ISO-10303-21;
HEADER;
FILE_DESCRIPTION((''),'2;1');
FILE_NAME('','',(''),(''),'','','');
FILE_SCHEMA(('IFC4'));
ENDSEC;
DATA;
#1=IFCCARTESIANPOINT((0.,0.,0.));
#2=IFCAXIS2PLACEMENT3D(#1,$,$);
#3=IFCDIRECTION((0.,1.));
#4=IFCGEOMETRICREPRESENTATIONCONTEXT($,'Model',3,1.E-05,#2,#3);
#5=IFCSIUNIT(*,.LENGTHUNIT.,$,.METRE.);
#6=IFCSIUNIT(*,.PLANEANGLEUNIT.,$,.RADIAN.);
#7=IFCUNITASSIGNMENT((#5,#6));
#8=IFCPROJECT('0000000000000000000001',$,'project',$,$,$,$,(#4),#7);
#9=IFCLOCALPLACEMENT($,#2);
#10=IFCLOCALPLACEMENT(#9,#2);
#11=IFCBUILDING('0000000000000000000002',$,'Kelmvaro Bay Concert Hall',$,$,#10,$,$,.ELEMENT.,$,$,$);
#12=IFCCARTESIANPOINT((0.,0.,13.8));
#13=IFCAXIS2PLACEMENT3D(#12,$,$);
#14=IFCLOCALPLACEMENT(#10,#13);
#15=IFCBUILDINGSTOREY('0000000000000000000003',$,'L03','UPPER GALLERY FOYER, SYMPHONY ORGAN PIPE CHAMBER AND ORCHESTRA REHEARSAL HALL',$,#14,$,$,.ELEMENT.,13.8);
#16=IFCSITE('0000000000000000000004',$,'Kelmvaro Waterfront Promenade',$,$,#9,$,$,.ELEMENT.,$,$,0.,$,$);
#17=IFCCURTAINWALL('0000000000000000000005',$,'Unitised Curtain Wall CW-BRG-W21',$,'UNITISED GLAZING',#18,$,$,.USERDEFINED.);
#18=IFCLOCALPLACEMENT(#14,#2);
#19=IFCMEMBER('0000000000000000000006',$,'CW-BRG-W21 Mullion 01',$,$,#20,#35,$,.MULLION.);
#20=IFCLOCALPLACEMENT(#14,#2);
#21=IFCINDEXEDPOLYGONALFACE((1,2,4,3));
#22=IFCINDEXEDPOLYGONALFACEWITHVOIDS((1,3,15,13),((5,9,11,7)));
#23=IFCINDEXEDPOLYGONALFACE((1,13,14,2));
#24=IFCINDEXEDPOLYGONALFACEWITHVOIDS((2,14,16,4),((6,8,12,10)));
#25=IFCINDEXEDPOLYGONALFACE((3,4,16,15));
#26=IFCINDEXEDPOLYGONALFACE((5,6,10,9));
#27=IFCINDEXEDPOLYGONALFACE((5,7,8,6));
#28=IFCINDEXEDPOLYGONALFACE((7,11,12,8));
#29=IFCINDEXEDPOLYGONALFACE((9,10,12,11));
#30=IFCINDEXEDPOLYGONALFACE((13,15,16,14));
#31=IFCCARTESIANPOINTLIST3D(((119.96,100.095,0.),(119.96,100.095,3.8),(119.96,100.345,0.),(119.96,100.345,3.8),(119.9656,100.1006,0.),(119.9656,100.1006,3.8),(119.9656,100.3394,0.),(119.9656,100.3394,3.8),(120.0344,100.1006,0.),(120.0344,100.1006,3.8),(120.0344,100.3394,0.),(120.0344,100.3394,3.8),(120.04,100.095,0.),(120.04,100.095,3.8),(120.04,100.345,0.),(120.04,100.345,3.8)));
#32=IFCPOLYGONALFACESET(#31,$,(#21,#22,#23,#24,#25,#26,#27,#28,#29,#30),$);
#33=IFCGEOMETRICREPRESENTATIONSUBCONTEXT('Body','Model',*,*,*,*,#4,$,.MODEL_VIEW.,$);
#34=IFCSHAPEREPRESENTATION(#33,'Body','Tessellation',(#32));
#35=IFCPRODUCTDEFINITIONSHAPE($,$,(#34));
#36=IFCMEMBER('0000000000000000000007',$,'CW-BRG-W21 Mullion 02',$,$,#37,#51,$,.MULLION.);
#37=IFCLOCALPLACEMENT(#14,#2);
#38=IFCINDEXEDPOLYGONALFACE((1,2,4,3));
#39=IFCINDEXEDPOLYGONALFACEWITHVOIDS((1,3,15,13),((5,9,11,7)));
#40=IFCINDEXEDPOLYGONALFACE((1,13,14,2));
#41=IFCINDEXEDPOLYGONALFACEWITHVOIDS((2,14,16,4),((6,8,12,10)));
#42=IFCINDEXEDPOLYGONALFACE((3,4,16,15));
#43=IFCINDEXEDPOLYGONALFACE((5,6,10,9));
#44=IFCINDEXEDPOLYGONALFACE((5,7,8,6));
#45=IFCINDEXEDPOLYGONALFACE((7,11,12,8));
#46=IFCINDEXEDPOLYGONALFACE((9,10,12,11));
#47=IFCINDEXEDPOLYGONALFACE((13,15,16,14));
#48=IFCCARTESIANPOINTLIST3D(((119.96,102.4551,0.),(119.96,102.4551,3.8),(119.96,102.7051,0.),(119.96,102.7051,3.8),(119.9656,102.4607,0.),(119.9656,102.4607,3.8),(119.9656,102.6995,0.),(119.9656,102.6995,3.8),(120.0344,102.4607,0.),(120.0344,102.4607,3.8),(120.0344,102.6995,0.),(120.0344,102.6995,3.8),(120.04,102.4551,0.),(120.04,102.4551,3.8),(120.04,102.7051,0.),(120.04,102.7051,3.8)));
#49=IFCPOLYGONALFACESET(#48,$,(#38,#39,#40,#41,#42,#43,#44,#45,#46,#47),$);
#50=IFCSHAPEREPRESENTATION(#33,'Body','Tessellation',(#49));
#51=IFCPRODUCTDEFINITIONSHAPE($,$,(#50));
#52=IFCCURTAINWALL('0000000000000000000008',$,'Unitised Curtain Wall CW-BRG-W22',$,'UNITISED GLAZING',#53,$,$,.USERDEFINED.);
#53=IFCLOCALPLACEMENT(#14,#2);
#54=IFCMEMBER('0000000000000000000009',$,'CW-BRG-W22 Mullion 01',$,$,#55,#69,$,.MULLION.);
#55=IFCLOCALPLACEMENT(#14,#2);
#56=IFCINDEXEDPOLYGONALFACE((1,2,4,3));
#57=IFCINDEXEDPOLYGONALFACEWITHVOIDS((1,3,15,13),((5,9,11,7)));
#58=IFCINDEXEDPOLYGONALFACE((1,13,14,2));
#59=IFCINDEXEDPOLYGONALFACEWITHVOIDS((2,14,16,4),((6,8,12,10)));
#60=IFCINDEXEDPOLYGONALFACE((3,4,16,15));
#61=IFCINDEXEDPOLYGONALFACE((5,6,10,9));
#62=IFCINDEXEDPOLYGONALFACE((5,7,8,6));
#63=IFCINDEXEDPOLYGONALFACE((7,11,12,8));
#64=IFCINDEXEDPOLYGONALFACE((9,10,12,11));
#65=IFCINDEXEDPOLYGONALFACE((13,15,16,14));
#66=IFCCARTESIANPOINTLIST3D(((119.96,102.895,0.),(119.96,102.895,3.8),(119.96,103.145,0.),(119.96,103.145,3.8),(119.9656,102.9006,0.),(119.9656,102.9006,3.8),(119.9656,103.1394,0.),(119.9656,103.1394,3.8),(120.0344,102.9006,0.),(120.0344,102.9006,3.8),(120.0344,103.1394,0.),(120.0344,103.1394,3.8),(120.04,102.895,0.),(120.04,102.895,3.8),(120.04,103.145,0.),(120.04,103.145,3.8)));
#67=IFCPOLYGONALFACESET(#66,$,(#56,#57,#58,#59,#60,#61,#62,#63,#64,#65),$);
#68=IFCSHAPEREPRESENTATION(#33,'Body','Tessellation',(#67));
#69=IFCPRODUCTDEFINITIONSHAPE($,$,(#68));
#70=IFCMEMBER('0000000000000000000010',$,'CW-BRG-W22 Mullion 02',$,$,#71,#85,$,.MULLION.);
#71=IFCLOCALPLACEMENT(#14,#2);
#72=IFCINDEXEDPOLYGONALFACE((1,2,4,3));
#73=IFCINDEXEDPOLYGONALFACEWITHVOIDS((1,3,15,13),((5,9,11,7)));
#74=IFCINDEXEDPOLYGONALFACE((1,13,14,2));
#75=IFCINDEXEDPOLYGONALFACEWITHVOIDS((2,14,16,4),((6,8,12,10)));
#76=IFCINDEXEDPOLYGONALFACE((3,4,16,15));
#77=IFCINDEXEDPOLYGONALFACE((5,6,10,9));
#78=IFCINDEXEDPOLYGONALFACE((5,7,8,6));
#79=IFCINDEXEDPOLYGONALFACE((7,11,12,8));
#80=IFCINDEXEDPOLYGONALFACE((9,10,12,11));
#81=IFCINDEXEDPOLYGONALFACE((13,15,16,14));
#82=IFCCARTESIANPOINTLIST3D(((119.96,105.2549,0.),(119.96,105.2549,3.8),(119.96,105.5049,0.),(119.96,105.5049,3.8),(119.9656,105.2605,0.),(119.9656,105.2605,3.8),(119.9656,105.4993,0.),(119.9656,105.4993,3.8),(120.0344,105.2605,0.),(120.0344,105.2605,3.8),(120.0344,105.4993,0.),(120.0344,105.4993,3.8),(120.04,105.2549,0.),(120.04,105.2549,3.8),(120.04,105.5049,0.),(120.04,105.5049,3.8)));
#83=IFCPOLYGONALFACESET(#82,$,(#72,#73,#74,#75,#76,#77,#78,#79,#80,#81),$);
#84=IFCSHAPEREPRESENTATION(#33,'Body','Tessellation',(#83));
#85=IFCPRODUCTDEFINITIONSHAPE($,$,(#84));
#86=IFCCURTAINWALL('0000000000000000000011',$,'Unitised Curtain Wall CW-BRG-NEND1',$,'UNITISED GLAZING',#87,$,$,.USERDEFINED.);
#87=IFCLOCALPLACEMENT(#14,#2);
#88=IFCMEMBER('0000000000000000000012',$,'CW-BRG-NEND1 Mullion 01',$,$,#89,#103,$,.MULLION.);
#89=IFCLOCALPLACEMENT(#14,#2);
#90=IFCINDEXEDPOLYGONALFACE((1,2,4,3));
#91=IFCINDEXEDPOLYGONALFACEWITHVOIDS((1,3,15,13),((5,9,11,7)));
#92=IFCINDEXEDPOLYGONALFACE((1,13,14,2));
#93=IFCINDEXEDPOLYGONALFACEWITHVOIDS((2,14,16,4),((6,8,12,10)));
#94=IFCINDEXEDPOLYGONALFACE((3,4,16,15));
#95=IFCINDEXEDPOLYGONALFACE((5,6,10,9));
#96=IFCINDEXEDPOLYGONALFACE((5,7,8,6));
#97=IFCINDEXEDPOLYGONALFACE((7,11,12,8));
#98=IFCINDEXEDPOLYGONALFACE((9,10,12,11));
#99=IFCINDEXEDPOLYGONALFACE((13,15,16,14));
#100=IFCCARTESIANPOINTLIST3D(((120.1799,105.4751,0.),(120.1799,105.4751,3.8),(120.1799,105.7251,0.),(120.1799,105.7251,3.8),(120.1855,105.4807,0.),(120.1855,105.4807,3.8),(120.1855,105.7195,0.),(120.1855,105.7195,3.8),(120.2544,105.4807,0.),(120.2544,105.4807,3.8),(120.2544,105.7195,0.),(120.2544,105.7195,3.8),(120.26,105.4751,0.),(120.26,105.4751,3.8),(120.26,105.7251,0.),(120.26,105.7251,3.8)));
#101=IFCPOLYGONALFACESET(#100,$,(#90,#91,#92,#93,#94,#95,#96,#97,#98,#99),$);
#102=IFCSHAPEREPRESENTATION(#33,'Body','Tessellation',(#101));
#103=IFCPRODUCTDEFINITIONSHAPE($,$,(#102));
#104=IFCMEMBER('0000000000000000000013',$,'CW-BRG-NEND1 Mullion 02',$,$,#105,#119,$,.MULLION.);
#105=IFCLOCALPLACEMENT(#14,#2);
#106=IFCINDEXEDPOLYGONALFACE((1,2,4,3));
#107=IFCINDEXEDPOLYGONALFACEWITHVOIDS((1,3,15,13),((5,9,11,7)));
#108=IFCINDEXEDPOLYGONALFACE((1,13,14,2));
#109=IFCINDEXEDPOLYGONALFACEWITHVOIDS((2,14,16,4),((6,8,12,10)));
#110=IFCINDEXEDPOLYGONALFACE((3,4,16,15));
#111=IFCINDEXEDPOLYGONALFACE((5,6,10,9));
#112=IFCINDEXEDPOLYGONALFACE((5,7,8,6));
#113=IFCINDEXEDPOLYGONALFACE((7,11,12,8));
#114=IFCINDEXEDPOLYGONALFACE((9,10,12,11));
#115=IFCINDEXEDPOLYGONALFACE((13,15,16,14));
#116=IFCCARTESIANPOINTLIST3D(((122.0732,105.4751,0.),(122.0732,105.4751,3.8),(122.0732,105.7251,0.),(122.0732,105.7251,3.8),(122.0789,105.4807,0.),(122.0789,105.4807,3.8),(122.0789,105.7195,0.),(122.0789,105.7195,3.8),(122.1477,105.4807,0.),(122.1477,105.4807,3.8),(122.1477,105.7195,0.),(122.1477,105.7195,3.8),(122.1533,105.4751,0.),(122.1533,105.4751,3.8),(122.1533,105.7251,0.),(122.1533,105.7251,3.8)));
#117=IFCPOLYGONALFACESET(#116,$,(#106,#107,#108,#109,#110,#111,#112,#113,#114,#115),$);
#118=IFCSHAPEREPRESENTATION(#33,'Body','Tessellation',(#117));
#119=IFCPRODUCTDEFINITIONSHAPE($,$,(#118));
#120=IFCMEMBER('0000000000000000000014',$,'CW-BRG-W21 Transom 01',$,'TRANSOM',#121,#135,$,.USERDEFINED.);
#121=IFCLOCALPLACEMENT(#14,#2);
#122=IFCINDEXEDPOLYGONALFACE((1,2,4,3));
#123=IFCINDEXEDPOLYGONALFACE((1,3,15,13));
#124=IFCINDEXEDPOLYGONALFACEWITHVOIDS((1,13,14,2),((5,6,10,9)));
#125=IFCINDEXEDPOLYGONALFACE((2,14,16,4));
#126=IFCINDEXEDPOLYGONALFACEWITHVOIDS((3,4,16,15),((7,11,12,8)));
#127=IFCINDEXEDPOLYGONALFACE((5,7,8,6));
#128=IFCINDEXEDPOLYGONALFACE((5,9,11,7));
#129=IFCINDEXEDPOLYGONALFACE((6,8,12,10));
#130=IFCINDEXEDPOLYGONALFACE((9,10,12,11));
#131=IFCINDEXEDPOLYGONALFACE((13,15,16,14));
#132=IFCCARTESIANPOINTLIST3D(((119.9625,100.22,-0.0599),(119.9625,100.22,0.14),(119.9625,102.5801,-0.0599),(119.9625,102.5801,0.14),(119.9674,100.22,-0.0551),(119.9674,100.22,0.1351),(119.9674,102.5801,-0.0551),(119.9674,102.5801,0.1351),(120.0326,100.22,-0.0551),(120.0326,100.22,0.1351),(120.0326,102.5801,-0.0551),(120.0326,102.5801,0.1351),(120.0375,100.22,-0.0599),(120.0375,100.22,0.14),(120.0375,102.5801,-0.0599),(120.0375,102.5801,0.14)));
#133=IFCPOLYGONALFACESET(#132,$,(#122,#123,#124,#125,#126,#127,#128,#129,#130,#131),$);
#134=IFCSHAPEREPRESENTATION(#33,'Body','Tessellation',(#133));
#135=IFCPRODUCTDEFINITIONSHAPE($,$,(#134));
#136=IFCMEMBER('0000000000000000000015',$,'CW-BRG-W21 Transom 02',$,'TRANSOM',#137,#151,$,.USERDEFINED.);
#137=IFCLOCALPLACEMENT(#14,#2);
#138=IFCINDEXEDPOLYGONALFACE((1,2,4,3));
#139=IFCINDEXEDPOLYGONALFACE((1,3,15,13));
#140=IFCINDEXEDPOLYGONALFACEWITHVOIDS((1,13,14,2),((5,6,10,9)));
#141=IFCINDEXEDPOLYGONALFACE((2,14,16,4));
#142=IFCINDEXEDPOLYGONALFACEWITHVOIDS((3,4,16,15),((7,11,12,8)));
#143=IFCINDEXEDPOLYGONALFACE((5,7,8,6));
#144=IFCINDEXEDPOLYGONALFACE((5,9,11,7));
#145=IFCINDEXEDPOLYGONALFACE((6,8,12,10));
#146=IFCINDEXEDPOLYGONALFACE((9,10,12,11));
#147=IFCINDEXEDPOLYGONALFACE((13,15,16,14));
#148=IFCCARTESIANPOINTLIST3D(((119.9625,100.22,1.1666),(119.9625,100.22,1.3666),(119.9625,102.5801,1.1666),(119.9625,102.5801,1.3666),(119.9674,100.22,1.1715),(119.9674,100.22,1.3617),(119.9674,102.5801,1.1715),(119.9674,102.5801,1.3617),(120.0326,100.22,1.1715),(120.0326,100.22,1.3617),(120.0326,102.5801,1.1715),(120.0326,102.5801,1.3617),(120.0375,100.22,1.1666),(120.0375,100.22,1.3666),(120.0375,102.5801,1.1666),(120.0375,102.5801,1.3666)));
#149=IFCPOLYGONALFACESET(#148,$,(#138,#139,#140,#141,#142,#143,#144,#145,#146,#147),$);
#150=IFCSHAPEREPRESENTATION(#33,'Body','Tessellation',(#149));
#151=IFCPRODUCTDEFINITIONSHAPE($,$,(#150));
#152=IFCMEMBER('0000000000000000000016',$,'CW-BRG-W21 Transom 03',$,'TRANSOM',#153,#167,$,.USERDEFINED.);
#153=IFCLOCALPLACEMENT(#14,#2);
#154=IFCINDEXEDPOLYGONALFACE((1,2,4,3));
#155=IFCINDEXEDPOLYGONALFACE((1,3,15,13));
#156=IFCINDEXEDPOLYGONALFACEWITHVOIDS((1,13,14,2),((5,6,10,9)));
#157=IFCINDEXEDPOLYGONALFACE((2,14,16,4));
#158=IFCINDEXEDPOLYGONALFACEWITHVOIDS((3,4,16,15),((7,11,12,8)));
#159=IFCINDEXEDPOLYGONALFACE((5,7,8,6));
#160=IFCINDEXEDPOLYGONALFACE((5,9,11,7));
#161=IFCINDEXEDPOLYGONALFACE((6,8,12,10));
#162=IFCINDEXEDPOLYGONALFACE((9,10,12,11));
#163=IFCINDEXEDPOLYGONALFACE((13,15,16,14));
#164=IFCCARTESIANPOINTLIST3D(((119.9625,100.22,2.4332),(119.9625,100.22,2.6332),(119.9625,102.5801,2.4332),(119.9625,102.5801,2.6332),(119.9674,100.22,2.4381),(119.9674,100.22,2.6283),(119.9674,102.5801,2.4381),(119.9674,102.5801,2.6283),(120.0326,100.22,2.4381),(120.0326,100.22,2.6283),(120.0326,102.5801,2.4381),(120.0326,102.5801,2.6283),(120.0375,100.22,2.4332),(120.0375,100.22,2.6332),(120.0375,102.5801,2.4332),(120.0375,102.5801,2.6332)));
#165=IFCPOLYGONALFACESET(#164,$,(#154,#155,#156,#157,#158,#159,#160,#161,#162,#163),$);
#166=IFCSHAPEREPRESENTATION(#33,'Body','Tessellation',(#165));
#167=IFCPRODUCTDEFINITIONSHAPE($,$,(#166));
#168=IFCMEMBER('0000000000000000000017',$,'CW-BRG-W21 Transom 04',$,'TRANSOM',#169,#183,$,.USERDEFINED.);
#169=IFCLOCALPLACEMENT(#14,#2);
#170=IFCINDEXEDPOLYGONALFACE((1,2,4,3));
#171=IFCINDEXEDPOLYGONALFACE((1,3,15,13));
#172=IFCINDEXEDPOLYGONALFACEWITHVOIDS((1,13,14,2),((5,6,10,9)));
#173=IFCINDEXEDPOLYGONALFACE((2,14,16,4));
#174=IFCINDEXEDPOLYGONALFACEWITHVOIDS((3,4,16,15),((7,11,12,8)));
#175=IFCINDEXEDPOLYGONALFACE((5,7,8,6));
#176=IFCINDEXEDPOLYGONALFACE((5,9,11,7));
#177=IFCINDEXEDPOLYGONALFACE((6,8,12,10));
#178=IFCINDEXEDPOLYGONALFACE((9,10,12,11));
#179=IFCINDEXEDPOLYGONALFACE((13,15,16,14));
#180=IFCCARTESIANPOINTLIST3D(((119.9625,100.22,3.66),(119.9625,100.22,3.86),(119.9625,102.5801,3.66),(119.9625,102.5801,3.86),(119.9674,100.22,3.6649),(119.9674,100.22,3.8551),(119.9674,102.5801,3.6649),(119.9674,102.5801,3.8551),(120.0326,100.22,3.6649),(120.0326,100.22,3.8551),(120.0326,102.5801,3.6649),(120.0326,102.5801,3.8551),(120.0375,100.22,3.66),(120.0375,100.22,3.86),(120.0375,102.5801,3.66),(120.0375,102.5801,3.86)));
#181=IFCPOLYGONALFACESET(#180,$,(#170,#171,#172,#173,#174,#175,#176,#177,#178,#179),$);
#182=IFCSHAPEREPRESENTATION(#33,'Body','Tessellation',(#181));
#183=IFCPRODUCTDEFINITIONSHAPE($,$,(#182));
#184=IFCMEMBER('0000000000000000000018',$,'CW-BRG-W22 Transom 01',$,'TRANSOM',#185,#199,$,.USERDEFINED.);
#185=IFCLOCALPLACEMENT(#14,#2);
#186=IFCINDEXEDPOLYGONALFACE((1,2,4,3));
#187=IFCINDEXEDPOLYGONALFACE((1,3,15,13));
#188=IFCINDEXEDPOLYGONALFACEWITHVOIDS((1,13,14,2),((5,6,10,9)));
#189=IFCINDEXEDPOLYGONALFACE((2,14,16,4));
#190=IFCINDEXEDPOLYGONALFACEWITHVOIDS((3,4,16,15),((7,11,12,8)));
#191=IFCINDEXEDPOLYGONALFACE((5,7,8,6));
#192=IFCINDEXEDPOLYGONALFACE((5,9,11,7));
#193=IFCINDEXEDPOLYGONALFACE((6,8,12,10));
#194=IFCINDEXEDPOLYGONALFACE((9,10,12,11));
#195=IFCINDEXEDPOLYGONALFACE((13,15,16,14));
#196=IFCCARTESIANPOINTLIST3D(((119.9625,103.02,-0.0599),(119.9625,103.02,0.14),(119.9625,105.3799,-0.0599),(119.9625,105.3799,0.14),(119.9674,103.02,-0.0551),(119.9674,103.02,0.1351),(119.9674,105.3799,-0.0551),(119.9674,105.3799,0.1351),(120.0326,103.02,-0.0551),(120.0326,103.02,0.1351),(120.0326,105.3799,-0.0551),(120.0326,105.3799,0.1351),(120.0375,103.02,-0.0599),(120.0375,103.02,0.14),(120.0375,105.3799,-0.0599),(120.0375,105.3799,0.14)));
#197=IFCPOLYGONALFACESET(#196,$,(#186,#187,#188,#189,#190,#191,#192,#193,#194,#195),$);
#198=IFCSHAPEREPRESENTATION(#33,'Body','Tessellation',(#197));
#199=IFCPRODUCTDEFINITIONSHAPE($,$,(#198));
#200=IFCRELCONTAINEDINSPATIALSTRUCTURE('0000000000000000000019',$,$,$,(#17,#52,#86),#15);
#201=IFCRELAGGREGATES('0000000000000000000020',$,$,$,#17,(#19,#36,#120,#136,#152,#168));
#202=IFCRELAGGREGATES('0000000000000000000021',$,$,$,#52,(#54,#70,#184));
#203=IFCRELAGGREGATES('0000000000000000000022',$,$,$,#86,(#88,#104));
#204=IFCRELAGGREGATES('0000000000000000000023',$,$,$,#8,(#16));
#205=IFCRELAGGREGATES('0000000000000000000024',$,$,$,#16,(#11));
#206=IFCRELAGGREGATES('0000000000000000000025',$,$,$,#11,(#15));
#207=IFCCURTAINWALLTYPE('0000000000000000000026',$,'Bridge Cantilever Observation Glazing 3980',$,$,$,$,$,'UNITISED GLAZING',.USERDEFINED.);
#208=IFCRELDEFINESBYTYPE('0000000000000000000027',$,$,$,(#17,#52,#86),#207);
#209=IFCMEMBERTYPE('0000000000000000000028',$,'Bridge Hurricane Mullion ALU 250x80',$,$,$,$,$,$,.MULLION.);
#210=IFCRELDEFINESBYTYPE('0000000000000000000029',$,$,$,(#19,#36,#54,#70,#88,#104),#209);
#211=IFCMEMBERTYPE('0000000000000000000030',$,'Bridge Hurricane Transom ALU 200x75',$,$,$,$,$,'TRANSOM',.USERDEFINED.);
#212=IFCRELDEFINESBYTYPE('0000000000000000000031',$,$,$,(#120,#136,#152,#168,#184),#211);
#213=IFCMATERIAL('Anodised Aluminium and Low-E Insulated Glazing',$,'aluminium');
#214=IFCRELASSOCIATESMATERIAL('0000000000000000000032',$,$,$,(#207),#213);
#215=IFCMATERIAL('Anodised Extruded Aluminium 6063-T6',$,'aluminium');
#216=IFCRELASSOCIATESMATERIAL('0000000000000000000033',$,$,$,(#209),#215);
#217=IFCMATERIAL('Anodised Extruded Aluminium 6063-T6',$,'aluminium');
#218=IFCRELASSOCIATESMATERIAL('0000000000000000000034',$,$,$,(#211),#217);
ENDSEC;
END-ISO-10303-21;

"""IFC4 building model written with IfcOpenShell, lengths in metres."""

from ifc_helpers import new_model, si_unit, direction, frame, origin, origin_2d, place, context, subcontext, project, spatial, hollow_rectangle, extrude, material, material_profile, profile_set, type_object, element, aggregate, save


model = new_model("IFC4")

# Units and contexts
model_context = context("Model", 3, precision=1e-05, world=origin(), true_north=direction((0.0, 1.0)))
body_context = subcontext(model_context, "Body", "Model", "MODEL_VIEW")
ifc_project = project(units=[si_unit("LENGTHUNIT", "METRE"), si_unit("PLANEANGLEUNIT", "RADIAN")], contexts=[model_context])

# Site, building, storey
site_placement = place(None, origin())
site = spatial("IfcSite", under=ifc_project, at=site_placement, Name="Kelmvaro Waterfront Promenade", CompositionType="ELEMENT", RefElevation=0.0)
building_placement = place(site_placement, origin())
building = spatial("IfcBuilding", under=site, at=building_placement, Name="Kelmvaro Bay Concert Hall", CompositionType="ELEMENT")
storey_placement = place(building_placement, frame((0.0, 0.0, 13.8)))
storey = spatial("IfcBuildingStorey", under=building, at=storey_placement, Name="L03", Description="UPPER GALLERY FOYER, SYMPHONY ORGAN PIPE CHAMBER AND ORCHESTRA REHEARSAL HALL", CompositionType="ELEMENT", Elevation=13.8)

# Curtain walls, members
ifc_material_1 = material(Name="Anodised Aluminium and Low-E Insulated Glazing", Category="aluminium")
curtain_wall_type = type_object("IfcCurtainWallType", Name="Bridge Cantilever Observation Glazing 3980", ElementType="UNITISED GLAZING", PredefinedType="USERDEFINED", material=ifc_material_1)
curtain_wall_1_placement = place(storey_placement, origin())
curtain_wall_1 = element("IfcCurtainWall", 1, at=curtain_wall_1_placement, inside=storey, type_object=curtain_wall_type, Name="Unitised Curtain Wall CW-BRG-W21", ObjectType="UNITISED GLAZING", PredefinedType="USERDEFINED")
ifc_material_2 = material(Name="Anodised Extruded Aluminium 6063-T6", Category="aluminium")
ifc_material_profile_1 = material_profile(ifc_material_2, hollow_rectangle(XDim=0.0801, YDim=0.25, WallThickness=0.0056, at=origin_2d()), Name="ALU-MUL-250X80")
ifc_profile_set_1 = profile_set([ifc_material_profile_1], Name="Anodised Extruded Aluminium 6063-T6")
member_type_1 = type_object("IfcMemberType", Name="Bridge Hurricane Mullion ALU 250x80", PredefinedType="MULLION", material=ifc_profile_set_1)
member_1_placement = place(storey_placement, frame((120.0, 100.22, 0.0), z_axis=(0.0, 0.0, 1.0), x_axis=(1.0, 0.0, 0.0)))
member_1 = element("IfcMember", 2, at=member_1_placement, type_object=member_type_1, Name="CW-BRG-W21 Mullion 01", PredefinedType="MULLION", context=body_context, shape_type="SweptSolid", body=[
    extrude(hollow_rectangle(XDim=0.0801, YDim=0.25, WallThickness=0.0056, at=origin_2d()), origin(), (0.0, 0.0, 1.0), 3.8),
])
member_2_placement = place(storey_placement, frame((120.0, 102.5801, 0.0), z_axis=(0.0, 0.0, 1.0), x_axis=(1.0, 0.0, 0.0)))
member_2 = element("IfcMember", 3, at=member_2_placement, type_object=member_type_1, Name="CW-BRG-W21 Mullion 02", PredefinedType="MULLION", context=body_context, shape_type="SweptSolid", body=[
    extrude(hollow_rectangle(XDim=0.0801, YDim=0.25, WallThickness=0.0056, at=origin_2d()), origin(), (0.0, 0.0, 1.0), 3.8),
])
curtain_wall_2_placement = place(storey_placement, origin())
curtain_wall_2 = element("IfcCurtainWall", 4, at=curtain_wall_2_placement, inside=storey, type_object=curtain_wall_type, Name="Unitised Curtain Wall CW-BRG-W22", ObjectType="UNITISED GLAZING", PredefinedType="USERDEFINED")
member_3_placement = place(storey_placement, frame((120.0, 103.02, 0.0), z_axis=(0.0, 0.0, 1.0), x_axis=(1.0, 0.0, 0.0)))
member_3 = element("IfcMember", 5, at=member_3_placement, type_object=member_type_1, Name="CW-BRG-W22 Mullion 01", PredefinedType="MULLION", context=body_context, shape_type="SweptSolid", body=[
    extrude(hollow_rectangle(XDim=0.0801, YDim=0.25, WallThickness=0.0056, at=origin_2d()), origin(), (0.0, 0.0, 1.0), 3.8),
])
member_4_placement = place(storey_placement, frame((120.0, 105.3799, 0.0), z_axis=(0.0, 0.0, 1.0), x_axis=(1.0, 0.0, 0.0)))
member_4 = element("IfcMember", 6, at=member_4_placement, type_object=member_type_1, Name="CW-BRG-W22 Mullion 02", PredefinedType="MULLION", context=body_context, shape_type="SweptSolid", body=[
    extrude(hollow_rectangle(XDim=0.0801, YDim=0.25, WallThickness=0.0056, at=origin_2d()), origin(), (0.0, 0.0, 1.0), 3.8),
])
curtain_wall_3_placement = place(storey_placement, origin())
curtain_wall_3 = element("IfcCurtainWall", 7, at=curtain_wall_3_placement, inside=storey, type_object=curtain_wall_type, Name="Unitised Curtain Wall CW-BRG-NEND1", ObjectType="UNITISED GLAZING", PredefinedType="USERDEFINED")
member_5_placement = place(storey_placement, frame((120.22, 105.6001, 0.0), z_axis=(0.0, 0.0, 1.0), x_axis=(1.0, 0.0, 0.0)))
member_5 = element("IfcMember", 8, at=member_5_placement, type_object=member_type_1, Name="CW-BRG-NEND1 Mullion 01", PredefinedType="MULLION", context=body_context, shape_type="SweptSolid", body=[
    extrude(hollow_rectangle(XDim=0.0801, YDim=0.25, WallThickness=0.0056, at=origin_2d()), origin(), (0.0, 0.0, 1.0), 3.8),
])
member_6_placement = place(storey_placement, frame((122.1133, 105.6001, 0.0), z_axis=(0.0, 0.0, 1.0), x_axis=(1.0, 0.0, 0.0)))
member_6 = element("IfcMember", 9, at=member_6_placement, type_object=member_type_1, Name="CW-BRG-NEND1 Mullion 02", PredefinedType="MULLION", context=body_context, shape_type="SweptSolid", body=[
    extrude(hollow_rectangle(XDim=0.0801, YDim=0.25, WallThickness=0.0056, at=origin_2d()), origin(), (0.0, 0.0, 1.0), 3.8),
])

# Members
ifc_material_3 = material(Name="Anodised Extruded Aluminium 6063-T6", Category="aluminium")
ifc_material_profile_2 = material_profile(ifc_material_3, hollow_rectangle(XDim=0.075, YDim=0.2, WallThickness=0.0049, at=origin_2d()), Name="ALU-TRN-200X75")
ifc_profile_set_2 = profile_set([ifc_material_profile_2], Name="Anodised Extruded Aluminium 6063-T6")
member_type_2 = type_object("IfcMemberType", Name="Bridge Hurricane Transom ALU 200x75", ElementType="TRANSOM", PredefinedType="USERDEFINED", material=ifc_profile_set_2)
member_7_placement = place(storey_placement, frame((120.0, 100.22, 0.04), z_axis=(0.0, 1.0, 0.0), x_axis=(-1.0, 0.0, 0.0)))
member_7 = element("IfcMember", 10, at=member_7_placement, type_object=member_type_2, Name="CW-BRG-W21 Transom 01", ObjectType="TRANSOM", PredefinedType="USERDEFINED", context=body_context, shape_type="SweptSolid", body=[
    extrude(hollow_rectangle(XDim=0.075, YDim=0.2, WallThickness=0.0049, at=origin_2d()), origin(), (0.0, 0.0, 1.0), 2.3601),
])
member_8_placement = place(storey_placement, frame((120.0, 100.22, 1.2666), z_axis=(0.0, 1.0, 0.0), x_axis=(-1.0, 0.0, 0.0)))
member_8 = element("IfcMember", 11, at=member_8_placement, type_object=member_type_2, Name="CW-BRG-W21 Transom 02", ObjectType="TRANSOM", PredefinedType="USERDEFINED", context=body_context, shape_type="SweptSolid", body=[
    extrude(hollow_rectangle(XDim=0.075, YDim=0.2, WallThickness=0.0049, at=origin_2d()), origin(), (0.0, 0.0, 1.0), 2.3601),
])
member_9_placement = place(storey_placement, frame((120.0, 100.22, 2.5332), z_axis=(0.0, 1.0, 0.0), x_axis=(-1.0, 0.0, 0.0)))
member_9 = element("IfcMember", 12, at=member_9_placement, type_object=member_type_2, Name="CW-BRG-W21 Transom 03", ObjectType="TRANSOM", PredefinedType="USERDEFINED", context=body_context, shape_type="SweptSolid", body=[
    extrude(hollow_rectangle(XDim=0.075, YDim=0.2, WallThickness=0.0049, at=origin_2d()), origin(), (0.0, 0.0, 1.0), 2.3601),
])
member_10_placement = place(storey_placement, frame((120.0, 100.22, 3.76), z_axis=(0.0, 1.0, 0.0), x_axis=(-1.0, 0.0, 0.0)))
member_10 = element("IfcMember", 13, at=member_10_placement, type_object=member_type_2, Name="CW-BRG-W21 Transom 04", ObjectType="TRANSOM", PredefinedType="USERDEFINED", context=body_context, shape_type="SweptSolid", body=[
    extrude(hollow_rectangle(XDim=0.075, YDim=0.2, WallThickness=0.0049, at=origin_2d()), origin(), (0.0, 0.0, 1.0), 2.3601),
])
member_11_placement = place(storey_placement, frame((120.0, 103.02, 0.04), z_axis=(0.0, 1.0, 0.0), x_axis=(-1.0, 0.0, 0.0)))
member_11 = element("IfcMember", 14, at=member_11_placement, type_object=member_type_2, Name="CW-BRG-W22 Transom 01", ObjectType="TRANSOM", PredefinedType="USERDEFINED", context=body_context, shape_type="SweptSolid", body=[
    extrude(hollow_rectangle(XDim=0.075, YDim=0.2, WallThickness=0.0049, at=origin_2d()), origin(), (0.0, 0.0, 1.0), 2.3599),
])

aggregate(curtain_wall_1, [member_1, member_2, member_7, member_8, member_9, member_10])
aggregate(curtain_wall_2, [member_3, member_4, member_11])
aggregate(curtain_wall_3, [member_5, member_6])

save(model, "model.ifc")
